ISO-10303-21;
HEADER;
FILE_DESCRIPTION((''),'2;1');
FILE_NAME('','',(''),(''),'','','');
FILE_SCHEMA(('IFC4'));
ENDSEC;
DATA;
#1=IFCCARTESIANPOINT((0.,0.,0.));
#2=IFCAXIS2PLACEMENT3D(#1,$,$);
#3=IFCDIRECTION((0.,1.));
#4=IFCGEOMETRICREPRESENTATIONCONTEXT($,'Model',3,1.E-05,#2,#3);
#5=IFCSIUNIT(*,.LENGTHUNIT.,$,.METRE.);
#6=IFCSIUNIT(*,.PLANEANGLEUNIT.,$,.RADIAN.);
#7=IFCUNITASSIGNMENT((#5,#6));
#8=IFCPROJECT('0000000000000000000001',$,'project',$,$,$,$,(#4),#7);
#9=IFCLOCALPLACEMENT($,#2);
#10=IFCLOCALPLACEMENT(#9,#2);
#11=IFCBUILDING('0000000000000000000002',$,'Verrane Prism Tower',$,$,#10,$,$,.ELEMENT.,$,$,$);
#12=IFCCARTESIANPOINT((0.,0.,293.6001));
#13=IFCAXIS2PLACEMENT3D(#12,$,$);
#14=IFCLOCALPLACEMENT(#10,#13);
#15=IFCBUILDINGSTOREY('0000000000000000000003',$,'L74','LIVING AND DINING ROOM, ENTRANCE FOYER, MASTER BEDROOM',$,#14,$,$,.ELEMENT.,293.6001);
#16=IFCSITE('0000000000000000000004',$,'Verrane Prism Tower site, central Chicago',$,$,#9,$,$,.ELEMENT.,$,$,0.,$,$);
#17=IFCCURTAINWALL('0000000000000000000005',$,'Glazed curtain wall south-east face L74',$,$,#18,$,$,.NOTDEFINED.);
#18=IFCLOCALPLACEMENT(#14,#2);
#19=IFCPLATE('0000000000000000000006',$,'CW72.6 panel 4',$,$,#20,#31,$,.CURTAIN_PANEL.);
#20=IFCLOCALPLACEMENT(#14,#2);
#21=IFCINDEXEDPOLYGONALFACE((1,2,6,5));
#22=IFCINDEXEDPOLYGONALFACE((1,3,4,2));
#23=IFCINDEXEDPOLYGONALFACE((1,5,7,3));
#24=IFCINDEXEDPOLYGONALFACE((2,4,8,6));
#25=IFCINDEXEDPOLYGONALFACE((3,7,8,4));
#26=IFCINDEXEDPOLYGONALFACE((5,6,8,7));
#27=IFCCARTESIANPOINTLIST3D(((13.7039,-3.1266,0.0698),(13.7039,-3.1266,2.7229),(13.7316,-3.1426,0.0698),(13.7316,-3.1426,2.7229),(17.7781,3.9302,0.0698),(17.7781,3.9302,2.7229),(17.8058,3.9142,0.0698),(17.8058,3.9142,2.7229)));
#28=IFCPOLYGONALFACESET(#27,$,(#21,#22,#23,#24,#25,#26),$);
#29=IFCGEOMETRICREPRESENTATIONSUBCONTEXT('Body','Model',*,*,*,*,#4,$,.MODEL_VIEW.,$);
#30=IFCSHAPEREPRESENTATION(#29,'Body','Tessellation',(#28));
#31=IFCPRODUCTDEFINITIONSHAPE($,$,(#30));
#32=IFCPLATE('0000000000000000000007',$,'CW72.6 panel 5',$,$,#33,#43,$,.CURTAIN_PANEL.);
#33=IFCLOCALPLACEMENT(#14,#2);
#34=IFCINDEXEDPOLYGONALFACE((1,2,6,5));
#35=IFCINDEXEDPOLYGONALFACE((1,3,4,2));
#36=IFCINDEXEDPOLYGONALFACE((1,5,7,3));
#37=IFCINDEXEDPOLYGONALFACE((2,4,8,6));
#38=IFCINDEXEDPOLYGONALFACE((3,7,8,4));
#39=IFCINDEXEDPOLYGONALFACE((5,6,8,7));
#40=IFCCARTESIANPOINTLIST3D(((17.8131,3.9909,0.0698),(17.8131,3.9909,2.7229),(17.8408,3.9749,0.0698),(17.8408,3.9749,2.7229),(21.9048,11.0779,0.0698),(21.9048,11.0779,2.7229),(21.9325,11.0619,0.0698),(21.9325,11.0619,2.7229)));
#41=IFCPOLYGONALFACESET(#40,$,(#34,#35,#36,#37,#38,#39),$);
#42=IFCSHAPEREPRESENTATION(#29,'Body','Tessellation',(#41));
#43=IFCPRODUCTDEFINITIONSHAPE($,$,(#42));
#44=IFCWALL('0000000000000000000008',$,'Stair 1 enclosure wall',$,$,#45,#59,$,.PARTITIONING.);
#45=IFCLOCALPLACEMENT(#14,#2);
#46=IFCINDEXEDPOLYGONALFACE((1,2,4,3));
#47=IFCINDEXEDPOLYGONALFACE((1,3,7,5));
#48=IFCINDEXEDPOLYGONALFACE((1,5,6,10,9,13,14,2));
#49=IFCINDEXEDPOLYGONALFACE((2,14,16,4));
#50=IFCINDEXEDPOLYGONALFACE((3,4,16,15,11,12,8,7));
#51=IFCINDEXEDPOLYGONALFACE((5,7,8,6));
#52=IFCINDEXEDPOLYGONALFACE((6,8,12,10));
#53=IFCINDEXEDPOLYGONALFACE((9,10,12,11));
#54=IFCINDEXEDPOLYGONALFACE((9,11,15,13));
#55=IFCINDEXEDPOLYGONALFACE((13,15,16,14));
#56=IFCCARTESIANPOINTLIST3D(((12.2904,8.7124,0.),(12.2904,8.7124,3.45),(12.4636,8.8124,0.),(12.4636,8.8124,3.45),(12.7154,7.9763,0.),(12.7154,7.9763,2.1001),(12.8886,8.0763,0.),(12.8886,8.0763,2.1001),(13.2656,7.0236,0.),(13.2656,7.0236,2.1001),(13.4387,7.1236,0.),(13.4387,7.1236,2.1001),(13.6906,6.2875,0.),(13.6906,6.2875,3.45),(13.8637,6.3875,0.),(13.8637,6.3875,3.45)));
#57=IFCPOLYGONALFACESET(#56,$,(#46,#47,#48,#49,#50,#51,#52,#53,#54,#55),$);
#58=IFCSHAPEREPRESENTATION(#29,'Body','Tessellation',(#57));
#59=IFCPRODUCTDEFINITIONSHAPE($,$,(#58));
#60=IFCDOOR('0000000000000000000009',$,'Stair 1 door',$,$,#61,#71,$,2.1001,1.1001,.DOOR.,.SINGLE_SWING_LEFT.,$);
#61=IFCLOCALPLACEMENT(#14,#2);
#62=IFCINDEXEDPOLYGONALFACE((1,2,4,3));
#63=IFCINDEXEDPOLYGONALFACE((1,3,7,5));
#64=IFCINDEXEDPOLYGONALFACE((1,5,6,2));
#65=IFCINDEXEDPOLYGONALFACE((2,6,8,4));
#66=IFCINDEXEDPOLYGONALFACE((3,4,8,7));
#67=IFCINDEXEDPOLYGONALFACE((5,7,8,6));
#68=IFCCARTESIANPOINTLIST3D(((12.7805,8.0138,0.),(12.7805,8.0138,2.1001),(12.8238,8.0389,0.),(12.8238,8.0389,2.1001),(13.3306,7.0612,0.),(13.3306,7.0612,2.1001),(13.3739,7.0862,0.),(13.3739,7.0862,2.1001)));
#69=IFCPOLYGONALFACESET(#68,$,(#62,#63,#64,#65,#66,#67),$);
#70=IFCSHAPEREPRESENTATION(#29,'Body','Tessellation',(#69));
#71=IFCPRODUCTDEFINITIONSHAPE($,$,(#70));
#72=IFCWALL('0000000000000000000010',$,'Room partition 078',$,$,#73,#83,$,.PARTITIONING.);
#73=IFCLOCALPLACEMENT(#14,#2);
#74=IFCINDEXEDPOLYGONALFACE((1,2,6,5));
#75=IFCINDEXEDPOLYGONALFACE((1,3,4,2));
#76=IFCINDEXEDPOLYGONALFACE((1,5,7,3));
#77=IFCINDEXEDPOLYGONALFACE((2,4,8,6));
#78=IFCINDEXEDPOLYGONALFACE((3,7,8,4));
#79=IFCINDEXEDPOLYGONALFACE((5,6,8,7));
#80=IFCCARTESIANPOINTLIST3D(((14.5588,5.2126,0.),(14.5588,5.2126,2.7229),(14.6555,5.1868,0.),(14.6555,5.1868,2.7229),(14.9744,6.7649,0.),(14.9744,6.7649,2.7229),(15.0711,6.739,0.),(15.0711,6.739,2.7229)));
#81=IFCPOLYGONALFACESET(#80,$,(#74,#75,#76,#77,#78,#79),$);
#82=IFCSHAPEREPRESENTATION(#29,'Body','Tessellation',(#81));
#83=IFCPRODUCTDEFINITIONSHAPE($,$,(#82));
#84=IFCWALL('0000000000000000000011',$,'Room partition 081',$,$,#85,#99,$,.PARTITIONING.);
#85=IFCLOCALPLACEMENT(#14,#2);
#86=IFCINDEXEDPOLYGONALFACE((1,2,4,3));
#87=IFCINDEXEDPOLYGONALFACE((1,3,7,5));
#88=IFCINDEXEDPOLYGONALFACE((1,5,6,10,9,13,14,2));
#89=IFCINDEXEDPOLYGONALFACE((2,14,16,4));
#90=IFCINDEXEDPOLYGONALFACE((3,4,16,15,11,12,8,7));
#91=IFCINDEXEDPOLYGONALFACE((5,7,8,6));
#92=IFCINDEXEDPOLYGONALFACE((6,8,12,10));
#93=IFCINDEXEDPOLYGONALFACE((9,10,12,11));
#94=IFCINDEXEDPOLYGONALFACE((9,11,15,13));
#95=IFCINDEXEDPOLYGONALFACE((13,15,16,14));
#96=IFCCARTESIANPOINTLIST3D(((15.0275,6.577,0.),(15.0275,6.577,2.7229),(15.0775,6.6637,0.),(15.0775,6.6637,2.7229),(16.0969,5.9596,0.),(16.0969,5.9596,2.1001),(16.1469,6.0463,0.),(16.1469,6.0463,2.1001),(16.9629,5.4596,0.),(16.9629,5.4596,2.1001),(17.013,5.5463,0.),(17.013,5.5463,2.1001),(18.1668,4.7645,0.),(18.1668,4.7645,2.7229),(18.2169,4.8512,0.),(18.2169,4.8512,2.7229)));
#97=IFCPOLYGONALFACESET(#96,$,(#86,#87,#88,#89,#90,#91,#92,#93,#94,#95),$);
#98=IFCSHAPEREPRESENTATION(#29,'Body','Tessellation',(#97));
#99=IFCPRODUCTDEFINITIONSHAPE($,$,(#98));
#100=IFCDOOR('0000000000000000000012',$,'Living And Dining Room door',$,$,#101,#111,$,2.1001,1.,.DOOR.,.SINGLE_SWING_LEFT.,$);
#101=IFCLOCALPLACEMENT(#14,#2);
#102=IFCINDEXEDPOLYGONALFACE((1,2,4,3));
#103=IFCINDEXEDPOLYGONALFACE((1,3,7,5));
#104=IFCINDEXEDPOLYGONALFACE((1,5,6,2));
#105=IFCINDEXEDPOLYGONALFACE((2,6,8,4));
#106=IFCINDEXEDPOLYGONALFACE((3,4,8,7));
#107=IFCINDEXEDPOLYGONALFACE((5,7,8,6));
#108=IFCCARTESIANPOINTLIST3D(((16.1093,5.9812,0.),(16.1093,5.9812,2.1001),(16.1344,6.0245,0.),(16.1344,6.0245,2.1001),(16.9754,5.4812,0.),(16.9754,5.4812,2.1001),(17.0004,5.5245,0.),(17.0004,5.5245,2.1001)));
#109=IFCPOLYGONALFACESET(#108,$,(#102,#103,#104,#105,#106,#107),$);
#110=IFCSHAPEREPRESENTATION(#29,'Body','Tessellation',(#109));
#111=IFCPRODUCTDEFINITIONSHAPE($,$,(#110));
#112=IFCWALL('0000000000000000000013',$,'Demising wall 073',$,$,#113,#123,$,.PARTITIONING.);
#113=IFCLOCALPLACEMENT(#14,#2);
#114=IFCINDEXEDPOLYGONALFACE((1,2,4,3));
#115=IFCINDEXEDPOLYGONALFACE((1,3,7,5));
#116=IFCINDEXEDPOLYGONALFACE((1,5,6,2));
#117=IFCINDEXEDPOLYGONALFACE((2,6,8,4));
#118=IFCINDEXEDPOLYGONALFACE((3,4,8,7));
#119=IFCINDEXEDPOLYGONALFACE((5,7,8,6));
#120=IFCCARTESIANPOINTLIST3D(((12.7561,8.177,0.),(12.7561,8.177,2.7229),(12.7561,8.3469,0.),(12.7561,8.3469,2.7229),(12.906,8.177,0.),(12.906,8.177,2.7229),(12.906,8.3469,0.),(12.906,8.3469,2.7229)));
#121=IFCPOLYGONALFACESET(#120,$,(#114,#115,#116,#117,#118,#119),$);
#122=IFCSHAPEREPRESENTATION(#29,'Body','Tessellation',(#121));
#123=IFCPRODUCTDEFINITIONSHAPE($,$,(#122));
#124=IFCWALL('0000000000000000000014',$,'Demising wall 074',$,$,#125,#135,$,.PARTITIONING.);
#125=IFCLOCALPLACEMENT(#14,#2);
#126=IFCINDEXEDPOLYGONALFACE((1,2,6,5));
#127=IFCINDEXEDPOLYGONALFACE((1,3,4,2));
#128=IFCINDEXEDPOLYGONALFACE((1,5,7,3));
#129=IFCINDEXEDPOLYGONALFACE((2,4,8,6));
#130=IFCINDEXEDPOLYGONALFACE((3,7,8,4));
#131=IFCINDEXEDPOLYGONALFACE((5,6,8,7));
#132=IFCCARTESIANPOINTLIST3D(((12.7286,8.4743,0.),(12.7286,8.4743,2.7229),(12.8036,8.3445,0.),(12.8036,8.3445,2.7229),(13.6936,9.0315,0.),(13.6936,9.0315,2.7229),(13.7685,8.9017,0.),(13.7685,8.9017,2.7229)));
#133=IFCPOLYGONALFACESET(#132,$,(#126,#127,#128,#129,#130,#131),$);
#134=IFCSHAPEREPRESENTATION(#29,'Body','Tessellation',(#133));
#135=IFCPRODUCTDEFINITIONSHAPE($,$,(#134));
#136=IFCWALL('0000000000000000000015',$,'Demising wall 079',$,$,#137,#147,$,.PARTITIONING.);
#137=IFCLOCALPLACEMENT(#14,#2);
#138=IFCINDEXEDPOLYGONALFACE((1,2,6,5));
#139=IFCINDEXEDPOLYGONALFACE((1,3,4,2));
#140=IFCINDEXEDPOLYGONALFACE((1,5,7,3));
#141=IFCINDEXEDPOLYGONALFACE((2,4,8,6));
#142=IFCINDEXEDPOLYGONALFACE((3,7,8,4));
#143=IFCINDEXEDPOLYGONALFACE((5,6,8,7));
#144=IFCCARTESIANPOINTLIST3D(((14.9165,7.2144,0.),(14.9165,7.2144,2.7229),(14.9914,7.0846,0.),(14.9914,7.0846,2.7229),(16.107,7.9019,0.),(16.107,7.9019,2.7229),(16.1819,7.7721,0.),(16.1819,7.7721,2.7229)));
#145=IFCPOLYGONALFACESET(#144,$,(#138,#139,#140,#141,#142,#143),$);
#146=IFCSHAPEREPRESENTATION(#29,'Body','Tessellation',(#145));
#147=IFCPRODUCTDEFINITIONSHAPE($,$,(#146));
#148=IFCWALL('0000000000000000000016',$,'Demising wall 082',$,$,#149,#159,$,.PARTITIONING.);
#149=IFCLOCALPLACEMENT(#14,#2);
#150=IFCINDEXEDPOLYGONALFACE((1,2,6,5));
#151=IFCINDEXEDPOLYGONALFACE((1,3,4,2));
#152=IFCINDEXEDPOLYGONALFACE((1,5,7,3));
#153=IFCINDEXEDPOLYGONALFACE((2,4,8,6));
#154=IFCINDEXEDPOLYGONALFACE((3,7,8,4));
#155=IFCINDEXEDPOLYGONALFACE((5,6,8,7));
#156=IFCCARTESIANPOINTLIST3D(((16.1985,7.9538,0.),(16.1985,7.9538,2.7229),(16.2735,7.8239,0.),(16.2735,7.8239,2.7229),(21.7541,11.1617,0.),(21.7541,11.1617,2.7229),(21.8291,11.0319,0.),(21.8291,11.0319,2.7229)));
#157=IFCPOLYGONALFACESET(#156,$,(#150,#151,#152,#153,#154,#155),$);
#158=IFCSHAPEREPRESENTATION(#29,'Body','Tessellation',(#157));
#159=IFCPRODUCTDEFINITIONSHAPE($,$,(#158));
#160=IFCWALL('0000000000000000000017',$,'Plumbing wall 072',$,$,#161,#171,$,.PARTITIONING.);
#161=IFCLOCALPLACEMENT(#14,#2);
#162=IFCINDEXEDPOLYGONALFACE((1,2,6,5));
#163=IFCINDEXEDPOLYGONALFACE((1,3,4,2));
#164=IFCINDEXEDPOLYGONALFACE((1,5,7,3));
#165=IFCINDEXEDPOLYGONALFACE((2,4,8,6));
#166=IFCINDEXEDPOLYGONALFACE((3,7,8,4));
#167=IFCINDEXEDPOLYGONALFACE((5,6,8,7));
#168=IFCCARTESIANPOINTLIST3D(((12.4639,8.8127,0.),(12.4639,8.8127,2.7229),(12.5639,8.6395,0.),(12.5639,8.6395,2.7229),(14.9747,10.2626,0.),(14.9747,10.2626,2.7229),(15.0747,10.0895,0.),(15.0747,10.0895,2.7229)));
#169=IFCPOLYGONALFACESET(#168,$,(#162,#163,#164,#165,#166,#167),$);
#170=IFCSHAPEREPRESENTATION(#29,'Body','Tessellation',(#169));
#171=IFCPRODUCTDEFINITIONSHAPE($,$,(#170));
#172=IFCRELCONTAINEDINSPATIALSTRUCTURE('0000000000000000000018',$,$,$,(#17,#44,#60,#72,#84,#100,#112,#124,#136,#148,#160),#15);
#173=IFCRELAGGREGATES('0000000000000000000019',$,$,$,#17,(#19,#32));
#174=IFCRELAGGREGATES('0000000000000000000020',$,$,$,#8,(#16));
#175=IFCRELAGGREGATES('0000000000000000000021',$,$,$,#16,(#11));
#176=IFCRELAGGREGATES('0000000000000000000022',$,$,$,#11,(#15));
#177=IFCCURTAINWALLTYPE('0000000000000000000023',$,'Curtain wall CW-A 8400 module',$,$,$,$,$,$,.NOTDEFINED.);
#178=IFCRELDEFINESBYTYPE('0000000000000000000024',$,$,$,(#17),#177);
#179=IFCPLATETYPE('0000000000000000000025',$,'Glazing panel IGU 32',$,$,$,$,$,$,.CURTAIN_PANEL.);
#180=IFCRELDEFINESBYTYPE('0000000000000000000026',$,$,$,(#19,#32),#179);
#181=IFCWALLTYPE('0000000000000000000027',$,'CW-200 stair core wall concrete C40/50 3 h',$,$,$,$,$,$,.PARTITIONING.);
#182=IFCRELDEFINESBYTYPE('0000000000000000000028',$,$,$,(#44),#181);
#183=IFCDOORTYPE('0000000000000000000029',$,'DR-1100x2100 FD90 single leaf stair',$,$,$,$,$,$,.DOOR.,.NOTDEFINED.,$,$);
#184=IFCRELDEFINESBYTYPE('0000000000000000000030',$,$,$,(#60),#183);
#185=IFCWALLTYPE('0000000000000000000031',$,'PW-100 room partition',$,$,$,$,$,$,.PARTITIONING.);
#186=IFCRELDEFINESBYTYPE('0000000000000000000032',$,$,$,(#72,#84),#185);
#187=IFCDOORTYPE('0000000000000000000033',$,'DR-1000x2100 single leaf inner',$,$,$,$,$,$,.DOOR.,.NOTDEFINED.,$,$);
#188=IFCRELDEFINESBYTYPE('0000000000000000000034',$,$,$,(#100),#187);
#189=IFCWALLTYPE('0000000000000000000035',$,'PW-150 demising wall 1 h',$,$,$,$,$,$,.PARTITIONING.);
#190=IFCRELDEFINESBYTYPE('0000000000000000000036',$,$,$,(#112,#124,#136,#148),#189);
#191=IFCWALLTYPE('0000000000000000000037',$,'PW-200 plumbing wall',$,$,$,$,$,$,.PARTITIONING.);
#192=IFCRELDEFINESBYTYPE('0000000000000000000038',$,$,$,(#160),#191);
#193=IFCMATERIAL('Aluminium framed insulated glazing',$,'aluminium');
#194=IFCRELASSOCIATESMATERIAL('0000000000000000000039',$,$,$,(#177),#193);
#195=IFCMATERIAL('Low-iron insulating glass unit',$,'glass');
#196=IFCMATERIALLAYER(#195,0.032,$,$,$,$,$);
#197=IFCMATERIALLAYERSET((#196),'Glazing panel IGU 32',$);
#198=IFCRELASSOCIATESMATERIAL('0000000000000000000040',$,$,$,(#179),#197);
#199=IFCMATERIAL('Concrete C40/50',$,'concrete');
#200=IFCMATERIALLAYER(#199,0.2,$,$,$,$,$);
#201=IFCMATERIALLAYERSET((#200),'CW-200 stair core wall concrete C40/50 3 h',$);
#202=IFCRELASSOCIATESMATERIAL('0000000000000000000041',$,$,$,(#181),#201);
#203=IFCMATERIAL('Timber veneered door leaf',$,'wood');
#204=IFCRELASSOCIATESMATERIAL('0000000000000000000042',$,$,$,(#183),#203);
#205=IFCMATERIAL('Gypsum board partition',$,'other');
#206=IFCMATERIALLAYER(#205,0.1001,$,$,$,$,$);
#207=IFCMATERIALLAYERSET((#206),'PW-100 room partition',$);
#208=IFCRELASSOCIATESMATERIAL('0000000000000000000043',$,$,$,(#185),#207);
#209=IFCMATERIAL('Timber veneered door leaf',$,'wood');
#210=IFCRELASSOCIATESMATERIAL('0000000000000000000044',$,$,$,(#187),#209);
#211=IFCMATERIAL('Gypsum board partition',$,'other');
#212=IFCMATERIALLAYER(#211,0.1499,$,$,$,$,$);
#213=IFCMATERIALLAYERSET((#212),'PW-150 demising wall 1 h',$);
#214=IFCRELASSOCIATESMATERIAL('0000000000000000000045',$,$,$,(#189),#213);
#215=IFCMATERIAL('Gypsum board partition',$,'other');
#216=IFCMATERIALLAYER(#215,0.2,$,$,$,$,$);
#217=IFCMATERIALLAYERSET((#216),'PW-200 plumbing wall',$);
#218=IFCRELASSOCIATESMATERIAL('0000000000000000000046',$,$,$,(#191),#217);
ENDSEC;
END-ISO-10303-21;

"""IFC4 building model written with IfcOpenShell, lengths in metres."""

from ifc_helpers import new_model, si_unit, direction, frame, frame_2d, origin, origin_2d, place, context, subcontext, project, spatial, rectangle, extrude, material, layer, layer_set, type_object, element, fill, aggregate, save


model = new_model("IFC4")

# Units and contexts
model_context = context("Model", 3, precision=1e-05, world=origin(), true_north=direction((0.0, 1.0)))
body_context = subcontext(model_context, "Body", "Model", "MODEL_VIEW")
ifc_project = project(units=[si_unit("LENGTHUNIT", "METRE"), si_unit("PLANEANGLEUNIT", "RADIAN")], contexts=[model_context])

# Site, building, storey
site_placement = place(None, origin())
site = spatial("IfcSite", under=ifc_project, at=site_placement, Name="Verrane Prism Tower site, central Chicago", CompositionType="ELEMENT", RefElevation=0.0)
building_placement = place(site_placement, origin())
building = spatial("IfcBuilding", under=site, at=building_placement, Name="Verrane Prism Tower", CompositionType="ELEMENT")
storey_placement = place(building_placement, frame((0.0, 0.0, 293.6001)))
storey = spatial("IfcBuildingStorey", under=building, at=storey_placement, Name="L74", Description="LIVING AND DINING ROOM, ENTRANCE FOYER, MASTER BEDROOM", CompositionType="ELEMENT", Elevation=293.6001)

# Curtain wall
ifc_material_1 = material(Name="Aluminium framed insulated glazing", Category="aluminium")
curtain_wall_type = type_object("IfcCurtainWallType", Name="Curtain wall CW-A 8400 module", PredefinedType="NOTDEFINED", material=ifc_material_1)
curtain_wall_placement = place(storey_placement, origin())
curtain_wall = element("IfcCurtainWall", 1, at=curtain_wall_placement, inside=storey, type_object=curtain_wall_type, Name="Glazed curtain wall south-east face L74", PredefinedType="NOTDEFINED")

# Plates
ifc_material_2 = material(Name="Low-iron insulating glass unit", Category="glass")
ifc_layer_1 = layer(ifc_material_2, 0.032)
ifc_layer_set_1 = layer_set([ifc_layer_1], Name="Glazing panel IGU 32")
plate_type = type_object("IfcPlateType", Name="Glazing panel IGU 32", PredefinedType="CURTAIN_PANEL", material=ifc_layer_set_1)
plate_1_placement = place(storey_placement, frame((15.7549, 0.3938, 0.0698), z_axis=(0.0, 0.0, 1.0), x_axis=(0.500001, 0.866025, 0.0)))
plate_1 = element("IfcPlate", 2, at=plate_1_placement, type_object=plate_type, Name="CW72.6 panel 4", PredefinedType="CURTAIN_PANEL", context=body_context, shape_type="SweptSolid", body=[
    extrude(rectangle(XDim=8.1484, YDim=0.032, at=origin_2d()), origin(), (0.0, 0.0, 1.0), 2.6531),
])
plate_2_placement = place(storey_placement, frame((19.8728, 7.5264, 0.0698), z_axis=(0.0, 0.0, 1.0), x_axis=(0.500001, 0.866025, 0.0)))
plate_2 = element("IfcPlate", 3, at=plate_2_placement, type_object=plate_type, Name="CW72.6 panel 5", PredefinedType="CURTAIN_PANEL", context=body_context, shape_type="SweptSolid", body=[
    extrude(rectangle(XDim=8.1833, YDim=0.032, at=origin_2d()), origin(), (0.0, 0.0, 1.0), 2.6531),
])
aggregate(curtain_wall, [plate_1, plate_2])

# Wall, opening, door
ifc_material_3 = material(Name="Concrete C40/50", Category="concrete")
ifc_layer_2 = layer(ifc_material_3, 0.2)
ifc_layer_set_2 = layer_set([ifc_layer_2], Name="CW-200 stair core wall concrete C40/50 3 h")
wall_type_1 = type_object("IfcWallType", Name="CW-200 stair core wall concrete C40/50 3 h", PredefinedType="PARTITIONING", material=ifc_layer_set_2)
wall_1_placement = place(storey_placement, frame((13.7771, 6.3376, 0.0), z_axis=(0.0, 0.0, 1.0), x_axis=(-0.50005, 0.865997, 0.0)))
wall_1 = element("IfcWall", 4, at=wall_1_placement, inside=storey, type_object=wall_type_1, Name="Stair 1 enclosure wall", PredefinedType="PARTITIONING", context=body_context, shape_type="SweptSolid", body=[
    extrude(rectangle(XDim=2.8, YDim=0.2, at=frame_2d((1.3999, 0.0))), origin(), (0.0, 0.0, 1.0), 3.45),
])
opening_1_placement = place(wall_1_placement, frame((0.8499, 0.0, 0.0)))
opening_1 = element("IfcOpeningElement", 5, at=opening_1_placement, cuts=wall_1, PredefinedType="OPENING", context=body_context, shape_type="SweptSolid", body=[
    extrude(rectangle(XDim=1.1001, YDim=2.1001, at=frame_2d((0.55, 1.05))), frame((0.0, 0.1099, 0.0), z_axis=(0.0, -1.0, 0.0), x_axis=(1.0, 0.0, 0.0)), (0.0, 0.0, 1.0), 0.22),
])
ifc_material_4 = material(Name="Timber veneered door leaf", Category="wood")
door_type_1 = type_object("IfcDoorType", Name="DR-1100x2100 FD90 single leaf stair", OperationType="NOTDEFINED", PredefinedType="DOOR", material=ifc_material_4)
door_1_placement = place(opening_1_placement, origin())
door_1 = element("IfcDoor", 6, at=door_1_placement, inside=storey, type_object=door_type_1, Name="Stair 1 door", OperationType="SINGLE_SWING_LEFT", OverallHeight=2.1001, OverallWidth=1.1001, PredefinedType="DOOR", context=body_context, shape_type="SweptSolid", body=[
    extrude(rectangle(XDim=1.1001, YDim=2.1001, at=frame_2d((0.55, 1.05))), frame((0.0, 0.0249, 0.0), z_axis=(0.0, -1.0, 0.0), x_axis=(1.0, 0.0, 0.0)), (0.0, 0.0, 1.0), 0.05),
])
fill(opening_1, door_1)

# Wall
ifc_material_5 = material(Name="Gypsum board partition", Category="other")
ifc_layer_3 = layer(ifc_material_5, 0.1001)
ifc_layer_set_3 = layer_set([ifc_layer_3], Name="PW-100 room partition")
wall_type_2 = type_object("IfcWallType", Name="PW-100 room partition", PredefinedType="PARTITIONING", material=ifc_layer_set_3)
wall_2_placement = place(storey_placement, frame((14.6072, 5.1997, 0.0), z_axis=(0.0, 0.0, 1.0), x_axis=(0.258589, 0.965987, 0.0)))
element("IfcWall", 7, at=wall_2_placement, inside=storey, type_object=wall_type_2, Name="Room partition 078", PredefinedType="PARTITIONING", context=body_context, shape_type="SweptSolid", body=[
    extrude(rectangle(XDim=1.6069, YDim=0.1001, at=frame_2d((0.8035, 0.0))), origin(), (0.0, 0.0, 1.0), 2.7229),
])

# Wall, opening, door
wall_3_placement = place(storey_placement, frame((15.0525, 6.6204, 0.0), z_axis=(0.0, 0.0, 1.0), x_axis=(0.86603, -0.499993, 0.0)))
wall_3 = element("IfcWall", 8, at=wall_3_placement, inside=storey, type_object=wall_type_2, Name="Room partition 081", PredefinedType="PARTITIONING", context=body_context, shape_type="SweptSolid", body=[
    extrude(rectangle(XDim=3.625, YDim=0.1001, at=frame_2d((1.8125, 0.0))), origin(), (0.0, 0.0, 1.0), 2.7229),
])
opening_2_placement = place(wall_3_placement, frame((1.2349, 0.0, 0.0)))
opening_2 = element("IfcOpeningElement", 9, at=opening_2_placement, cuts=wall_3, PredefinedType="OPENING", context=body_context, shape_type="SweptSolid", body=[
    extrude(rectangle(XDim=1.0, YDim=2.1001, at=frame_2d((0.5, 1.05))), frame((0.0, 0.0601, 0.0), z_axis=(0.0, -1.0, 0.0), x_axis=(1.0, 0.0, 0.0)), (0.0, 0.0, 1.0), 0.1201),
])
ifc_material_6 = material(Name="Timber veneered door leaf", Category="wood")
door_type_2 = type_object("IfcDoorType", Name="DR-1000x2100 single leaf inner", OperationType="NOTDEFINED", PredefinedType="DOOR", material=ifc_material_6)
door_2_placement = place(opening_2_placement, origin())
door_2 = element("IfcDoor", 10, at=door_2_placement, inside=storey, type_object=door_type_2, Name="Living And Dining Room door", OperationType="SINGLE_SWING_LEFT", OverallHeight=2.1001, OverallWidth=1.0, PredefinedType="DOOR", context=body_context, shape_type="SweptSolid", body=[
    extrude(rectangle(XDim=1.0, YDim=2.1001, at=frame_2d((0.5, 1.05))), frame((0.0, 0.0249, 0.0), z_axis=(0.0, -1.0, 0.0), x_axis=(1.0, 0.0, 0.0)), (0.0, 0.0, 1.0), 0.05),
])
fill(opening_2, door_2)

# Walls
ifc_material_7 = material(Name="Gypsum board partition", Category="other")
ifc_layer_4 = layer(ifc_material_7, 0.1499)
ifc_layer_set_4 = layer_set([ifc_layer_4], Name="PW-150 demising wall 1 h")
wall_type_3 = type_object("IfcWallType", Name="PW-150 demising wall 1 h", PredefinedType="PARTITIONING", material=ifc_layer_set_4)
wall_4_placement = place(storey_placement, frame((12.8311, 8.177, 0.0), z_axis=(0.0, 0.0, 1.0), x_axis=(0.0, 1.0, 0.0)))
element("IfcWall", 11, at=wall_4_placement, inside=storey, type_object=wall_type_3, Name="Demising wall 073", PredefinedType="PARTITIONING", context=body_context, shape_type="SweptSolid", body=[
    extrude(rectangle(XDim=0.1699, YDim=0.1499, at=frame_2d((0.085, 0.0))), origin(), (0.0, 0.0, 1.0), 2.7229),
])
wall_5_placement = place(storey_placement, frame((12.7661, 8.4094, 0.0), z_axis=(0.0, 0.0, 1.0), x_axis=(0.865996, 0.500051, 0.0)))
element("IfcWall", 12, at=wall_5_placement, inside=storey, type_object=wall_type_3, Name="Demising wall 074", PredefinedType="PARTITIONING", context=body_context, shape_type="SweptSolid", body=[
    extrude(rectangle(XDim=1.1143, YDim=0.1499, at=frame_2d((0.5571, 0.0))), origin(), (0.0, 0.0, 1.0), 2.7229),
])
wall_6_placement = place(storey_placement, frame((14.9539, 7.1494, 0.0), z_axis=(0.0, 0.0, 1.0), x_axis=(0.865961, 0.500112, 0.0)))
element("IfcWall", 13, at=wall_6_placement, inside=storey, type_object=wall_type_3, Name="Demising wall 079", PredefinedType="PARTITIONING", context=body_context, shape_type="SweptSolid", body=[
    extrude(rectangle(XDim=1.3748, YDim=0.1499, at=frame_2d((0.6875, 0.0))), origin(), (0.0, 0.0, 1.0), 2.7229),
])
wall_7_placement = place(storey_placement, frame((16.2361, 7.8889, 0.0), z_axis=(0.0, 0.0, 1.0), x_axis=(0.865995, 0.500052, 0.0)))
element("IfcWall", 14, at=wall_7_placement, inside=storey, type_object=wall_type_3, Name="Demising wall 082", PredefinedType="PARTITIONING", context=body_context, shape_type="SweptSolid", body=[
    extrude(rectangle(XDim=6.4153, YDim=0.1499, at=frame_2d((3.2075, 0.0))), origin(), (0.0, 0.0, 1.0), 2.7229),
])
ifc_material_8 = material(Name="Gypsum board partition", Category="other")
ifc_layer_5 = layer(ifc_material_8, 0.2)
ifc_layer_set_5 = layer_set([ifc_layer_5], Name="PW-200 plumbing wall")
wall_type_4 = type_object("IfcWallType", Name="PW-200 plumbing wall", PredefinedType="PARTITIONING", material=ifc_layer_set_5)
wall_8_placement = place(storey_placement, frame((12.5139, 8.7261, 0.0), z_axis=(0.0, 0.0, 1.0), x_axis=(0.86597, 0.500097, 0.0)))
element("IfcWall", 15, at=wall_8_placement, inside=storey, type_object=wall_type_4, Name="Plumbing wall 072", PredefinedType="PARTITIONING", context=body_context, shape_type="SweptSolid", body=[
    extrude(rectangle(XDim=2.8994, YDim=0.2, at=frame_2d((1.4497, 0.0))), origin(), (0.0, 0.0, 1.0), 2.7229),
])

save(model, "model.ifc")
